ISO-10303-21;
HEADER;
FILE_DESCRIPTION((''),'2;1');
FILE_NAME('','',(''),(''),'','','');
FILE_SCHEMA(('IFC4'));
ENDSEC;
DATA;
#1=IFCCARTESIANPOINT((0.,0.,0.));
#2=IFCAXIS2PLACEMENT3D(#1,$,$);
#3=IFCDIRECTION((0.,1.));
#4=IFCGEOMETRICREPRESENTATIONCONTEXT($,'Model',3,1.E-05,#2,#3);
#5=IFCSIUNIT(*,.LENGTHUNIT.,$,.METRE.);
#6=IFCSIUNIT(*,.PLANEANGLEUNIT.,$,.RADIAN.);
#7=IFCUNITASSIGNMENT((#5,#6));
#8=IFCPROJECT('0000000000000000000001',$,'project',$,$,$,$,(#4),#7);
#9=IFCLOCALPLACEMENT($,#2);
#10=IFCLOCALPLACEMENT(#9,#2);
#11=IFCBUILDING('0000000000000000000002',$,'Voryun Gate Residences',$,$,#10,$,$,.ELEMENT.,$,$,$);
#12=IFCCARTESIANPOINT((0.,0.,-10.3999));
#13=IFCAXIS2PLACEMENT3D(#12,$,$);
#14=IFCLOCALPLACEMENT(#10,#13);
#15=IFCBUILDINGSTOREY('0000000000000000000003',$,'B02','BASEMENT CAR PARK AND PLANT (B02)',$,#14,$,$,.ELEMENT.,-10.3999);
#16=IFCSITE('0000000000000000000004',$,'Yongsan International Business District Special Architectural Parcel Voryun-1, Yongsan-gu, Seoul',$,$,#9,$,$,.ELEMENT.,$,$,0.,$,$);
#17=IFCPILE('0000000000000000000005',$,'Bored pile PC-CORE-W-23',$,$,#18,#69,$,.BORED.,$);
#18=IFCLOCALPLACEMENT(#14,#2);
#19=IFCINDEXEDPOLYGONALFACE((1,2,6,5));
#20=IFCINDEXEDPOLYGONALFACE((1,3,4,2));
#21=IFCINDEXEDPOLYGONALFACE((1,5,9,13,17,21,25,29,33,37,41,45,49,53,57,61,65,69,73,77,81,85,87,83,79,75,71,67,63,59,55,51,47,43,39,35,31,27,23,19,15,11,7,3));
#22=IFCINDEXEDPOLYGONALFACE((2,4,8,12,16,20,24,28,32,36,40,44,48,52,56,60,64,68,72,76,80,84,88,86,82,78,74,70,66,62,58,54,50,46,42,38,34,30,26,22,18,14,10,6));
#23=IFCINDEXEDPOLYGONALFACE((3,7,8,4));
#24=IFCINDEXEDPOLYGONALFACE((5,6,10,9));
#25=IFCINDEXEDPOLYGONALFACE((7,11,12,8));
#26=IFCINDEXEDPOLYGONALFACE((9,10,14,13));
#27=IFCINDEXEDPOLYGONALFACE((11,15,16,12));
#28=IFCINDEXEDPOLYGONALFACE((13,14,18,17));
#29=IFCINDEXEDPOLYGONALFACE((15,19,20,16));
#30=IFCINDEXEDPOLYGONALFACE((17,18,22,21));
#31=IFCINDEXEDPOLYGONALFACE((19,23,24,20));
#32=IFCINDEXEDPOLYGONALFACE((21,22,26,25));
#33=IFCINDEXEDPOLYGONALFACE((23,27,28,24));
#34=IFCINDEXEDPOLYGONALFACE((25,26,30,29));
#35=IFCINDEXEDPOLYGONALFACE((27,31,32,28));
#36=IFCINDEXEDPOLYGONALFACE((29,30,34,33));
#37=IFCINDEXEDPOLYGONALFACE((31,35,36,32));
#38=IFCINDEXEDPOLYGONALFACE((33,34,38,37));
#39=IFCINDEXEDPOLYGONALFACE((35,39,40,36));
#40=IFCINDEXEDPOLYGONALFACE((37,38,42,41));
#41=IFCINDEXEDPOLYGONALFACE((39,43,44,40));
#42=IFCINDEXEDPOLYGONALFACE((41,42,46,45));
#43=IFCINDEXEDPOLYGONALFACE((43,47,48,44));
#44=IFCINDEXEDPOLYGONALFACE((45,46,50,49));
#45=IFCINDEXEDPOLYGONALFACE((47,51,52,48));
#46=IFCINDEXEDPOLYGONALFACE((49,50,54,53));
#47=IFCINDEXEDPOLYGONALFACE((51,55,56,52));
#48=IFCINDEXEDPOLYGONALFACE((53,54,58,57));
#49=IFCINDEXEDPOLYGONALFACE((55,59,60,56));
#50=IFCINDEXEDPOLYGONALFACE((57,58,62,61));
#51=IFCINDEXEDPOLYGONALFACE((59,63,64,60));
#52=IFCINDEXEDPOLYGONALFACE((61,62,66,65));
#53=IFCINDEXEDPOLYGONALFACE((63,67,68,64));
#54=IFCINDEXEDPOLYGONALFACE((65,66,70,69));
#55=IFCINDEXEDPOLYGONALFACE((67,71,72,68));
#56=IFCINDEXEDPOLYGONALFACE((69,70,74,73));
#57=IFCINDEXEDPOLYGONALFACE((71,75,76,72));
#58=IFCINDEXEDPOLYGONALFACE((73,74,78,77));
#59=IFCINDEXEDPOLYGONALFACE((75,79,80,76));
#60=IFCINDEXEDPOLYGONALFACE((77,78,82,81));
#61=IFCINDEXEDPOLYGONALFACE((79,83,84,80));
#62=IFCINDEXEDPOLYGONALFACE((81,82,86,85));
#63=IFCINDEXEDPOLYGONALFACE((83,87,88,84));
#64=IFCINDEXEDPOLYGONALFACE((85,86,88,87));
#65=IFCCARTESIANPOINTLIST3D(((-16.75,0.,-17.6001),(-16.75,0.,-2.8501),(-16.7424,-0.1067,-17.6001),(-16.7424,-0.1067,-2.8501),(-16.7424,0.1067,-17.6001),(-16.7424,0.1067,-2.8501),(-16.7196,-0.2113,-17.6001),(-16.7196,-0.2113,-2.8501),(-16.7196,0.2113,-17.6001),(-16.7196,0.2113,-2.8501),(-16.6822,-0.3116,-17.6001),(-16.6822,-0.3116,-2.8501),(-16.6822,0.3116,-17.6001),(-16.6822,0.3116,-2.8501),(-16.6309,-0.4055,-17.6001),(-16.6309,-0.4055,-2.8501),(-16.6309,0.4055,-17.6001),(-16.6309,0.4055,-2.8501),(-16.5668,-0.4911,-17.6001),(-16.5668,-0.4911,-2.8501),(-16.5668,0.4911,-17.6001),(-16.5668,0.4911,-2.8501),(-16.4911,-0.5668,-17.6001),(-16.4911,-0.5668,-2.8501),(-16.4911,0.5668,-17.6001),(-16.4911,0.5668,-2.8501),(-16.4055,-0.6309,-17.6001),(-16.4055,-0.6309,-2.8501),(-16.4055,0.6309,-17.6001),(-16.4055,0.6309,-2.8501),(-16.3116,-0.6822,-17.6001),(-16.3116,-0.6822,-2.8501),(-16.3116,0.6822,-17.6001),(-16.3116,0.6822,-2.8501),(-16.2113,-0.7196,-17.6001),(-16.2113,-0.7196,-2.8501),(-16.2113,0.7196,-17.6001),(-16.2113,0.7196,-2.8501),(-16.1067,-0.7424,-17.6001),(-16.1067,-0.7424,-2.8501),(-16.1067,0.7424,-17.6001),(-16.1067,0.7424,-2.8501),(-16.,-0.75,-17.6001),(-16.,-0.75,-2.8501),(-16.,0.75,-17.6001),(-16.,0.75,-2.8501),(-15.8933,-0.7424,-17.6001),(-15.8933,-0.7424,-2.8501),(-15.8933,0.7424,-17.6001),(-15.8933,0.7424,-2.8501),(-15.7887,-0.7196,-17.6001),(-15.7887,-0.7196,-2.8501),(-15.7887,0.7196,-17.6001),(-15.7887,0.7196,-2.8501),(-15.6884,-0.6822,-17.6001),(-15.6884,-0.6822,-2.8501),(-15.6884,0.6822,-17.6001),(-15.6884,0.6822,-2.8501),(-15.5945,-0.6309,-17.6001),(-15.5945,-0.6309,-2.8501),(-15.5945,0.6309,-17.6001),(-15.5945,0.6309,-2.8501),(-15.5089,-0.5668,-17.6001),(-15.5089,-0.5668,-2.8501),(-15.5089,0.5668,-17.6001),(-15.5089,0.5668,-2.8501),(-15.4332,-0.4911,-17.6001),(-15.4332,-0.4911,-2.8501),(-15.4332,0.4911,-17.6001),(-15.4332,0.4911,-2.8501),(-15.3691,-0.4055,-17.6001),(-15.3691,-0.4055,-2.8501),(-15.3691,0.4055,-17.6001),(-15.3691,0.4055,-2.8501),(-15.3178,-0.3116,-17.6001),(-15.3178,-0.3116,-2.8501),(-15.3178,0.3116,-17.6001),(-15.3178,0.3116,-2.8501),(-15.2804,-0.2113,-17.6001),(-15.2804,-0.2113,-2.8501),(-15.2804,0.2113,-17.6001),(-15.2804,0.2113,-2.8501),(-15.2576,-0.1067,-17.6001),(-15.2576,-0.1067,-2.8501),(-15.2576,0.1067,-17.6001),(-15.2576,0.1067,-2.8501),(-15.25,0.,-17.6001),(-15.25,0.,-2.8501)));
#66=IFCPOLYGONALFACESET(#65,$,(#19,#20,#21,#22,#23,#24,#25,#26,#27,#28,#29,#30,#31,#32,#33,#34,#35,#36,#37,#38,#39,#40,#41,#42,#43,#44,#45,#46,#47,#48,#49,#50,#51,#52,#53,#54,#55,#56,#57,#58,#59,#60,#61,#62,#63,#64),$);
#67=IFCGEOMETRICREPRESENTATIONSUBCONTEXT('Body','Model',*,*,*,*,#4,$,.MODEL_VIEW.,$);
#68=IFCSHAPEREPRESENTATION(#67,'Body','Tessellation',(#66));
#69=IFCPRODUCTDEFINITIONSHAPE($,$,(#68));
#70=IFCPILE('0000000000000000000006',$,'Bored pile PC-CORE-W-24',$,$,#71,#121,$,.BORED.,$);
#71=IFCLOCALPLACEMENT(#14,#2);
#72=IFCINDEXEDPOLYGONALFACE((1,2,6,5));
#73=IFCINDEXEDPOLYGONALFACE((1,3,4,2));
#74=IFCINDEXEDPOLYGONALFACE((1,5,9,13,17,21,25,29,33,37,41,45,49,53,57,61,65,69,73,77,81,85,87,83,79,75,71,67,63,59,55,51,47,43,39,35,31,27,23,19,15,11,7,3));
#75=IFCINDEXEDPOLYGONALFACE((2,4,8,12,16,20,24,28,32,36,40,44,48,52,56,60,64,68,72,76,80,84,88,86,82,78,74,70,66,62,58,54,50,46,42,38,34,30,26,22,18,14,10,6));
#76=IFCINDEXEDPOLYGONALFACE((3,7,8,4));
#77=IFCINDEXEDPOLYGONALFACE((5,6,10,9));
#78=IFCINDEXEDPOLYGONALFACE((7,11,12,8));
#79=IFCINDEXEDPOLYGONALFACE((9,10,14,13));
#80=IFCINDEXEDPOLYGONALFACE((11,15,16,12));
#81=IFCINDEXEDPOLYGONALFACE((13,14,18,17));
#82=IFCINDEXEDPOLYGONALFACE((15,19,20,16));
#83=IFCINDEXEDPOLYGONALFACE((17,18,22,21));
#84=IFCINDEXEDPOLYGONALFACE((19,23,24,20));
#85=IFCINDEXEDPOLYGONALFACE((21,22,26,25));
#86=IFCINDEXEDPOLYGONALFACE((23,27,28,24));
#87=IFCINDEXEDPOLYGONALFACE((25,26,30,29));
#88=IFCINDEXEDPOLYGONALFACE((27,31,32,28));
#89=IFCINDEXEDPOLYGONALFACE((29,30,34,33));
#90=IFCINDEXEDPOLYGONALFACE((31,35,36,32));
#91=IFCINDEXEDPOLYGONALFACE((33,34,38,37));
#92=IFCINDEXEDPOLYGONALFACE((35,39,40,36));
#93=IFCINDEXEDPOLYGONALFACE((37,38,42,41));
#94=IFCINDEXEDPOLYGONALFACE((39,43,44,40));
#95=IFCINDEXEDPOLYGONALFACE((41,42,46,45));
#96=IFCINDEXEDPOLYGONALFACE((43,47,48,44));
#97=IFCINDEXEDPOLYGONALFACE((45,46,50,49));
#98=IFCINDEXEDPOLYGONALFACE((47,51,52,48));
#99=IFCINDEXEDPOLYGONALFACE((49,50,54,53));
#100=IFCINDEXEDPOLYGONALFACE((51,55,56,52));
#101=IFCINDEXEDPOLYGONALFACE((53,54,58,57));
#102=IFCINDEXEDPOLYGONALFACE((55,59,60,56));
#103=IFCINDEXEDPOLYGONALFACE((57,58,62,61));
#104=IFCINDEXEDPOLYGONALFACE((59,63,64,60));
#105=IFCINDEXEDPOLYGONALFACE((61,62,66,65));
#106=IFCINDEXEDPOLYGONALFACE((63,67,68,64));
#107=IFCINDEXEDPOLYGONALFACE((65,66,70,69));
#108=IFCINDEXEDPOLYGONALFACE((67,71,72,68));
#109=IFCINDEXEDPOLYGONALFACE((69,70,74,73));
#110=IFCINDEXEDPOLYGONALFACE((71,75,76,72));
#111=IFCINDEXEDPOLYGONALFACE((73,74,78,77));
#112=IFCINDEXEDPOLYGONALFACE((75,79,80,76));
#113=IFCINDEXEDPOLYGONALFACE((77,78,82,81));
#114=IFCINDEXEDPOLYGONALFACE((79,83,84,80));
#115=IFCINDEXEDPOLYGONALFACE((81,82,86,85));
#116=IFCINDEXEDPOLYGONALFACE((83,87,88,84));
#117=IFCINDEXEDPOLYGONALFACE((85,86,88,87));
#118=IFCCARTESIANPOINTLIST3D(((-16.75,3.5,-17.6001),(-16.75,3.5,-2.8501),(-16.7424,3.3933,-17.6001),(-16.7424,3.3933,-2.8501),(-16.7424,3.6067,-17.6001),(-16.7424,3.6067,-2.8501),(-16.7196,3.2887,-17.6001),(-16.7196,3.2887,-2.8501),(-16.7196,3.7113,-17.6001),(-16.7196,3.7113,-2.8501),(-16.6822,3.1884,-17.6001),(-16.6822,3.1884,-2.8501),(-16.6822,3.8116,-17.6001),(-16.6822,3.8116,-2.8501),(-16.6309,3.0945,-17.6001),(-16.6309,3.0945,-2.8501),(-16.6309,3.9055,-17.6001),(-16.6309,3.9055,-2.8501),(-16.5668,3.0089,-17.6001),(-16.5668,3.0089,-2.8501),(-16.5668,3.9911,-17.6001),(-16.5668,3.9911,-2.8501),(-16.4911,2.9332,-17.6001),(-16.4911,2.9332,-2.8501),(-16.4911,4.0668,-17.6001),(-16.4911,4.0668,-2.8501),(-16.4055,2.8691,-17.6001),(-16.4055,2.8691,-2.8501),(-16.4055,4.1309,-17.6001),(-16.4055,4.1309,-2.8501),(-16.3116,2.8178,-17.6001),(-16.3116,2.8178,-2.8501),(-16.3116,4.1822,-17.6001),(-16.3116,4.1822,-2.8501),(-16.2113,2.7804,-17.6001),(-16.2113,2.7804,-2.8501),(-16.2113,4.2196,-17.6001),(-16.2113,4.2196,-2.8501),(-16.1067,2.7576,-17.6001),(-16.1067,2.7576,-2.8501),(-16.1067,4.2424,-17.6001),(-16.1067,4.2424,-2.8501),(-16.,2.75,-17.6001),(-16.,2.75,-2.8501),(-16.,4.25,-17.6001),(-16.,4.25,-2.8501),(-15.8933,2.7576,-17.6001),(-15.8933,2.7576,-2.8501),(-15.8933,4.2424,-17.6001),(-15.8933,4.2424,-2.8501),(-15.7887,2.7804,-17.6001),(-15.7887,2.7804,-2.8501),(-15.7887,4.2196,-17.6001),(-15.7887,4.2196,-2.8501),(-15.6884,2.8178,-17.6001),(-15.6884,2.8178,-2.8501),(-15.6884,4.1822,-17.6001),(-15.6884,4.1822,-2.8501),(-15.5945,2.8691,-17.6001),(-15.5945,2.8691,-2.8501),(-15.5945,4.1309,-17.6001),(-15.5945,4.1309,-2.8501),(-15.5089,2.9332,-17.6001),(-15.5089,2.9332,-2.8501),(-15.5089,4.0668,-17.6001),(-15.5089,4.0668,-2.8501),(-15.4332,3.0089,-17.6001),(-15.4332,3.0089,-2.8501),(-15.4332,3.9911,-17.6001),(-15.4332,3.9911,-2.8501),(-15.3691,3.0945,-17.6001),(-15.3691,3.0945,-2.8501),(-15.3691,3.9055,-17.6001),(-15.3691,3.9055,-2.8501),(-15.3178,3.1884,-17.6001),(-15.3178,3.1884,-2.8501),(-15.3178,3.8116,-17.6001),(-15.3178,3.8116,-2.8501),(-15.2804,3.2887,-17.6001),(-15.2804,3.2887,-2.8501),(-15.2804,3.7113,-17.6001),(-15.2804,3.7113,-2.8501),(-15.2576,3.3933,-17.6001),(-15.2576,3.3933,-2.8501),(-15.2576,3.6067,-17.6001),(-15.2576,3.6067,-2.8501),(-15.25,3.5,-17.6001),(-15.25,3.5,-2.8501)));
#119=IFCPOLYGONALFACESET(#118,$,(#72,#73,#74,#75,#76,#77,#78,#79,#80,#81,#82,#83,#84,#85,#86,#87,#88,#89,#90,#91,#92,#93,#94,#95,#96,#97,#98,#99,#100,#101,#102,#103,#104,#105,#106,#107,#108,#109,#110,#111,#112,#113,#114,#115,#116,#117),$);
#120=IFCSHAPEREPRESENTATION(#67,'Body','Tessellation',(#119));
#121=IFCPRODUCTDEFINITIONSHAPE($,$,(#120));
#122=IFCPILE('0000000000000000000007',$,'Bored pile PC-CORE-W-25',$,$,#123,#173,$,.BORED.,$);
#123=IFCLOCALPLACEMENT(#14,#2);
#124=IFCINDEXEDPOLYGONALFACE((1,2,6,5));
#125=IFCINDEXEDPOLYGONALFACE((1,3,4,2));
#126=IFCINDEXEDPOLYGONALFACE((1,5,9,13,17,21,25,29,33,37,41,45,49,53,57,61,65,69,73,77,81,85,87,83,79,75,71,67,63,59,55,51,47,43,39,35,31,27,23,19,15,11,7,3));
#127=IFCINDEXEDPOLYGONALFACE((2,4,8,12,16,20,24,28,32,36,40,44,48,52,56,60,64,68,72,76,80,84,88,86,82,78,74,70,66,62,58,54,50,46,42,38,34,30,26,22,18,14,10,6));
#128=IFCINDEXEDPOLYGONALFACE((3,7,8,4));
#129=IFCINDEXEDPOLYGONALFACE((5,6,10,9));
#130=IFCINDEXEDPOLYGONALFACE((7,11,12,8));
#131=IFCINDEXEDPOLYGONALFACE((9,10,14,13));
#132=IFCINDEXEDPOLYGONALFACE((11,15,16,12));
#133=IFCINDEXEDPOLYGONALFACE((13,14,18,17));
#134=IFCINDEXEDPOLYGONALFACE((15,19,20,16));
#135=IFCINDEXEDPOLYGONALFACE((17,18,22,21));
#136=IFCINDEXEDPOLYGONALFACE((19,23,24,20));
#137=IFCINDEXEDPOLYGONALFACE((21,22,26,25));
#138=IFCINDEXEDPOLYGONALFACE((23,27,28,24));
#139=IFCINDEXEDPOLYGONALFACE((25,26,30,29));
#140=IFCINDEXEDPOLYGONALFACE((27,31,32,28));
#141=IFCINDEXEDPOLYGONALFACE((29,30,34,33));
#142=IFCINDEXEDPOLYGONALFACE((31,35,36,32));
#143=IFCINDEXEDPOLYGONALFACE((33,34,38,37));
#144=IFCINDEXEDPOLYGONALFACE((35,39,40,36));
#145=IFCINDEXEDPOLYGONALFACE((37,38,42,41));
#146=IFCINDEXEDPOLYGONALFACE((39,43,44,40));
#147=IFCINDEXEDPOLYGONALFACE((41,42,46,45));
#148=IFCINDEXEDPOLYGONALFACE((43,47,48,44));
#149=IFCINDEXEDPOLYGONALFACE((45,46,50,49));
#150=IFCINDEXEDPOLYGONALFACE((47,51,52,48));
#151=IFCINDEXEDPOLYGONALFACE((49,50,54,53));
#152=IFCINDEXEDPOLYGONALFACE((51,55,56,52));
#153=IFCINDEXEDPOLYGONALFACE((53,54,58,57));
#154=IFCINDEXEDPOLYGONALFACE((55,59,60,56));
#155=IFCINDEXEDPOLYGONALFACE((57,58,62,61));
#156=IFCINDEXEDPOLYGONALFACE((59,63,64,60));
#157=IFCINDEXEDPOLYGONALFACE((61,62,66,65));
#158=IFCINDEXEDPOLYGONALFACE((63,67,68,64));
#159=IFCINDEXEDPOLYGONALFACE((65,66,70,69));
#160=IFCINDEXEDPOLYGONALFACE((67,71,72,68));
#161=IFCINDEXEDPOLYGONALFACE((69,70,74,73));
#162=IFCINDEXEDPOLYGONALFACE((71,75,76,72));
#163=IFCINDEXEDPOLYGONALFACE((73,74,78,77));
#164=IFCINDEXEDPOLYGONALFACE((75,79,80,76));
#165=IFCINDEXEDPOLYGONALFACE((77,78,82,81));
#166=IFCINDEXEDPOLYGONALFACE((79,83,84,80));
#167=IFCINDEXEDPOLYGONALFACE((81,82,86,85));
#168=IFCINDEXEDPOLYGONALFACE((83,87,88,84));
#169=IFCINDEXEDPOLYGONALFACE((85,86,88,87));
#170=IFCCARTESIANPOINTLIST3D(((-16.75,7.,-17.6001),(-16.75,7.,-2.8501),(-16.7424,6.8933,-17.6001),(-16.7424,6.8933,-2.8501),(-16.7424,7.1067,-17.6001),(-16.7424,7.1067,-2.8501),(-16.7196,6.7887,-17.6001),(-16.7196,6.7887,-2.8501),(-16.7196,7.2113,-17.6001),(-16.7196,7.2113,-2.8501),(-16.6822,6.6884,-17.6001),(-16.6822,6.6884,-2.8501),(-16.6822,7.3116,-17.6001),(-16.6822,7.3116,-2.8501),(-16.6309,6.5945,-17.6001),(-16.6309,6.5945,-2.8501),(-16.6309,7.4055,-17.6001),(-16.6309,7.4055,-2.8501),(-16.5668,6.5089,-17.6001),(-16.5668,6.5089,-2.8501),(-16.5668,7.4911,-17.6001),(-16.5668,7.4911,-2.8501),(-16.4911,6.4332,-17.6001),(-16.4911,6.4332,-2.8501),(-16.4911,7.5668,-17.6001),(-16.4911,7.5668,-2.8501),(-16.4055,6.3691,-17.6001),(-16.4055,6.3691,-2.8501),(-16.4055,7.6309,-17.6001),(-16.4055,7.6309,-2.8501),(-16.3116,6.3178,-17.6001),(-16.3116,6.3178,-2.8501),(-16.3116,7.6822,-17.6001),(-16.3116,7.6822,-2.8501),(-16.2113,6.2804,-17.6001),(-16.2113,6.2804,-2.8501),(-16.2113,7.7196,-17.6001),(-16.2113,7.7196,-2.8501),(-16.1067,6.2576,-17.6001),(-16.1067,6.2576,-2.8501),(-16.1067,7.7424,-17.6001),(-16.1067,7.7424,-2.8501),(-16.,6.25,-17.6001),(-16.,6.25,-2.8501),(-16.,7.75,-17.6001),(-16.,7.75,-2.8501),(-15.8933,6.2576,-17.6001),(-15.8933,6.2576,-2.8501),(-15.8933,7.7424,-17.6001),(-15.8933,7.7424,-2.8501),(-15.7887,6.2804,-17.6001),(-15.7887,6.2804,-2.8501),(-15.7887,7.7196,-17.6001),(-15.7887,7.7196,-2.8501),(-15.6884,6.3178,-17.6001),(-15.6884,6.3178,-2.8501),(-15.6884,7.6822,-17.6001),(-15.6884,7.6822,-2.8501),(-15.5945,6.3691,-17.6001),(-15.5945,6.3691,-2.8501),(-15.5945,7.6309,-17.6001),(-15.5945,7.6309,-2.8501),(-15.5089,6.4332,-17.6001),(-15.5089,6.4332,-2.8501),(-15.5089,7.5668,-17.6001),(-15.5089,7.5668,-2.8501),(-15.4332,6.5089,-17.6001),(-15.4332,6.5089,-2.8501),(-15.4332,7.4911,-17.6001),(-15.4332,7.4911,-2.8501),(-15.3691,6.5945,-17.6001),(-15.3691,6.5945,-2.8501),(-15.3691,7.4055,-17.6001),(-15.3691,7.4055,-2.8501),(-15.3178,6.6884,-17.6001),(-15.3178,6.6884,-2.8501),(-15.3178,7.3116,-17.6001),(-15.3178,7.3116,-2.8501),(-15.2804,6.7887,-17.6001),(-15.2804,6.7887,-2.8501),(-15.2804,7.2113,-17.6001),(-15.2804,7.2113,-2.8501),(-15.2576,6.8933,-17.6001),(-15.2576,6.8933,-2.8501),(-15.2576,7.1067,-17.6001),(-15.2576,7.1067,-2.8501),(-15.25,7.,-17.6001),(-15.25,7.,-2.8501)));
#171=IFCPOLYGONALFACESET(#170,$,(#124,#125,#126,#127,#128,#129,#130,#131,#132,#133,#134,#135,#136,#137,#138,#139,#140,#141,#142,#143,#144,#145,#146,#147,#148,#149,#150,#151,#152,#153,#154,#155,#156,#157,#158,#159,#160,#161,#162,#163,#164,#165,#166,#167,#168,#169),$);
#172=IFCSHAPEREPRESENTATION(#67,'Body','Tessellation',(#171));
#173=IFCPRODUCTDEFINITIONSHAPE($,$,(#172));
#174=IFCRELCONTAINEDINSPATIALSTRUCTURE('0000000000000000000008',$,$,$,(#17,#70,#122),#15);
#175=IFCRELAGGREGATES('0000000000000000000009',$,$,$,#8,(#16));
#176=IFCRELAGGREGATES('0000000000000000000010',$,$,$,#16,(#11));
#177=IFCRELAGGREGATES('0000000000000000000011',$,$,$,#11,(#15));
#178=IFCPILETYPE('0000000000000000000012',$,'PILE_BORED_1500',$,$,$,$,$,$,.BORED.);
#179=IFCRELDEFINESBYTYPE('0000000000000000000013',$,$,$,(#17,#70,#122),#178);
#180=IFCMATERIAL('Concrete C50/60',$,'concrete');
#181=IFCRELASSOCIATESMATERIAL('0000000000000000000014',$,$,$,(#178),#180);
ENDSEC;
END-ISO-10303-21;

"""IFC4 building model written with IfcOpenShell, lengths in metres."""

from ifc_helpers import new_model, si_unit, direction, frame, origin, origin_2d, place, context, subcontext, project, spatial, circle, extrude, material, material_profile, profile_set, type_object, element, save


model = new_model("IFC4")

# Units and contexts
model_context = context("Model", 3, precision=1e-05, world=origin(), true_north=direction((0.0, 1.0)))
body_context = subcontext(model_context, "Body", "Model", "MODEL_VIEW")
ifc_project = project(units=[si_unit("LENGTHUNIT", "METRE"), si_unit("PLANEANGLEUNIT", "RADIAN")], contexts=[model_context])

# Site, building, storey
site_placement = place(None, origin())
site = spatial("IfcSite", under=ifc_project, at=site_placement, Name="Yongsan International Business District Special Architectural Parcel Voryun-1, Yongsan-gu, Seoul", CompositionType="ELEMENT", RefElevation=0.0)
building_placement = place(site_placement, origin())
building = spatial("IfcBuilding", under=site, at=building_placement, Name="Voryun Gate Residences", CompositionType="ELEMENT")
storey_placement = place(building_placement, frame((0.0, 0.0, -10.3999)))
storey = spatial("IfcBuildingStorey", under=building, at=storey_placement, Name="B02", Description="BASEMENT CAR PARK AND PLANT (B02)", CompositionType="ELEMENT", Elevation=-10.3999)

# Piles
ifc_material_1 = material(Name="Concrete C50/60", Category="concrete")
ifc_material_profile_1 = material_profile(ifc_material_1, circle(Radius=0.75, at=origin_2d()), Name="PILE-D1500")
ifc_profile_set_1 = profile_set([ifc_material_profile_1], Name="Concrete C50/60")
pile_type_1 = type_object("IfcPileType", Name="PILE_BORED_1500", PredefinedType="BORED", material=ifc_profile_set_1)
for number, where, z_axis, x_axis, name in (
    (1, (-16.0, 0.0, -2.8501), (0.0, 0.0, -1.0), (1.0, 0.0, 0.0), "Bored pile PC-CORE-W-23"),
    (2, (-16.0, 3.5, -2.8501), (0.0, 0.0, -1.0), (1.0, 0.0, 0.0), "Bored pile PC-CORE-W-24"),
    (3, (-16.0, 7.0, -2.8501), (0.0, 0.0, -1.0), (1.0, 0.0, 0.0), "Bored pile PC-CORE-W-25"),
):
    element("IfcPile", number, at=place(storey_placement, frame(where, z_axis=z_axis, x_axis=x_axis)), inside=storey, type_object=pile_type_1, Name=name, PredefinedType="BORED", context=body_context, shape_type="SweptSolid", body=[
        extrude(circle(Radius=0.75, at=origin_2d()), origin(), (0.0, 0.0, 1.0), 14.75),
    ])

save(model, "model.ifc")
